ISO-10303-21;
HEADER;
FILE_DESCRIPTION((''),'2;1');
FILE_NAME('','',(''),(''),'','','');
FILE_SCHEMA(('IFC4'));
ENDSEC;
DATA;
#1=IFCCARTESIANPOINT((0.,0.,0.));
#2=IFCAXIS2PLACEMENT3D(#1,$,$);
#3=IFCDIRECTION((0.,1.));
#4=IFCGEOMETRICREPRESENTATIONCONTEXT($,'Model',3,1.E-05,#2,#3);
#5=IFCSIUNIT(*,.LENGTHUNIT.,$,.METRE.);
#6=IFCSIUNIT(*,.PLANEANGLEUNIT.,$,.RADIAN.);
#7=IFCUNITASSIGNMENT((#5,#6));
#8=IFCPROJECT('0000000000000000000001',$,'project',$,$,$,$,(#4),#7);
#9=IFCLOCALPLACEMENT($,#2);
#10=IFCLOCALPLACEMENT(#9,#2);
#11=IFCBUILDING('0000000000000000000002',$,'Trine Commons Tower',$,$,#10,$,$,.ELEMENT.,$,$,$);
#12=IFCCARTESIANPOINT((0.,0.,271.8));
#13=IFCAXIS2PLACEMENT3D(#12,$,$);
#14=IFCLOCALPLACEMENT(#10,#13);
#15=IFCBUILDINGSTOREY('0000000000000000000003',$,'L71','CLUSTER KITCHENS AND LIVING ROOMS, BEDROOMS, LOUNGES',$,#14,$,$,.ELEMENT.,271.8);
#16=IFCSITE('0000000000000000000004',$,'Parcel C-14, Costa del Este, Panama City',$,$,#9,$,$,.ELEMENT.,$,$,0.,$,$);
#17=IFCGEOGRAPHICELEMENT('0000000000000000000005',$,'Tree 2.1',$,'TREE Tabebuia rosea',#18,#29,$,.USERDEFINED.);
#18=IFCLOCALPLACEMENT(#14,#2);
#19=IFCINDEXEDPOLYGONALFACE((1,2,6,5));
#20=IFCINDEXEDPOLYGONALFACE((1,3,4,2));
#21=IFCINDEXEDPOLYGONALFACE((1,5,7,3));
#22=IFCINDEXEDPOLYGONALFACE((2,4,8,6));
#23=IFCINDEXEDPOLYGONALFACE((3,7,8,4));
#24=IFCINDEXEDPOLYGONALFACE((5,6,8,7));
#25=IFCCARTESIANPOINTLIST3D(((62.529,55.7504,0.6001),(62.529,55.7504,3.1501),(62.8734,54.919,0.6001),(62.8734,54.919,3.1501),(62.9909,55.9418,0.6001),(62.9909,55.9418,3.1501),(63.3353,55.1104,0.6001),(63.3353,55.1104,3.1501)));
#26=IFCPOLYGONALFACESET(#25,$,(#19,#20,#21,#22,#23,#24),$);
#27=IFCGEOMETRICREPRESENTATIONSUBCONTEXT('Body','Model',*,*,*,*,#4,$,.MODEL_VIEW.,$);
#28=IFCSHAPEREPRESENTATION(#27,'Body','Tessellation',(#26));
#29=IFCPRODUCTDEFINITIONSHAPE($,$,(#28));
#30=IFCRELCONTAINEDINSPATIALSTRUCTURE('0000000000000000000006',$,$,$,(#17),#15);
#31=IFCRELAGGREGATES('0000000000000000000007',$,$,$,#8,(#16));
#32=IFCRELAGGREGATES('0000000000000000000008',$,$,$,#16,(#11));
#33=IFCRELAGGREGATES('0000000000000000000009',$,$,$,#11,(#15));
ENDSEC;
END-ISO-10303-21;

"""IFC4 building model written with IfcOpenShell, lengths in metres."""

from ifc_helpers import new_model, si_unit, direction, frame, origin, origin_2d, place, context, subcontext, project, spatial, rectangle, extrude, element, save


model = new_model("IFC4")

# Units and contexts
model_context = context("Model", 3, precision=1e-05, world=origin(), true_north=direction((0.0, 1.0)))
body_context = subcontext(model_context, "Body", "Model", "MODEL_VIEW")
ifc_project = project(units=[si_unit("LENGTHUNIT", "METRE"), si_unit("PLANEANGLEUNIT", "RADIAN")], contexts=[model_context])

# Site, building, storey
site_placement = place(None, origin())
site = spatial("IfcSite", under=ifc_project, at=site_placement, Name="Parcel C-14, Costa del Este, Panama City", CompositionType="ELEMENT", RefElevation=0.0)
building_placement = place(site_placement, origin())
building = spatial("IfcBuilding", under=site, at=building_placement, Name="Trine Commons Tower", CompositionType="ELEMENT")
storey_placement = place(building_placement, frame((0.0, 0.0, 271.8)))
storey = spatial("IfcBuildingStorey", under=building, at=storey_placement, Name="L71", Description="CLUSTER KITCHENS AND LIVING ROOMS, BEDROOMS, LOUNGES", CompositionType="ELEMENT", Elevation=271.8)

# Geographic element
for number, where, z_axis, x_axis, name in (
    (1, (62.9321, 55.4304, 0.6001), (0.0, 0.0, 1.0), (-0.382688, 0.923878, 0.0), "Tree 2.1"),
):
    element("IfcGeographicElement", number, at=place(storey_placement, frame(where, z_axis=z_axis, x_axis=x_axis)), inside=storey, Name=name, ObjectType="TREE Tabebuia rosea", PredefinedType="USERDEFINED", context=body_context, shape_type="SweptSolid", body=[
        extrude(rectangle(XDim=0.8999, YDim=0.5, at=origin_2d()), origin(), (0.0, 0.0, 1.0), 2.55),
    ])

save(model, "model.ifc")
